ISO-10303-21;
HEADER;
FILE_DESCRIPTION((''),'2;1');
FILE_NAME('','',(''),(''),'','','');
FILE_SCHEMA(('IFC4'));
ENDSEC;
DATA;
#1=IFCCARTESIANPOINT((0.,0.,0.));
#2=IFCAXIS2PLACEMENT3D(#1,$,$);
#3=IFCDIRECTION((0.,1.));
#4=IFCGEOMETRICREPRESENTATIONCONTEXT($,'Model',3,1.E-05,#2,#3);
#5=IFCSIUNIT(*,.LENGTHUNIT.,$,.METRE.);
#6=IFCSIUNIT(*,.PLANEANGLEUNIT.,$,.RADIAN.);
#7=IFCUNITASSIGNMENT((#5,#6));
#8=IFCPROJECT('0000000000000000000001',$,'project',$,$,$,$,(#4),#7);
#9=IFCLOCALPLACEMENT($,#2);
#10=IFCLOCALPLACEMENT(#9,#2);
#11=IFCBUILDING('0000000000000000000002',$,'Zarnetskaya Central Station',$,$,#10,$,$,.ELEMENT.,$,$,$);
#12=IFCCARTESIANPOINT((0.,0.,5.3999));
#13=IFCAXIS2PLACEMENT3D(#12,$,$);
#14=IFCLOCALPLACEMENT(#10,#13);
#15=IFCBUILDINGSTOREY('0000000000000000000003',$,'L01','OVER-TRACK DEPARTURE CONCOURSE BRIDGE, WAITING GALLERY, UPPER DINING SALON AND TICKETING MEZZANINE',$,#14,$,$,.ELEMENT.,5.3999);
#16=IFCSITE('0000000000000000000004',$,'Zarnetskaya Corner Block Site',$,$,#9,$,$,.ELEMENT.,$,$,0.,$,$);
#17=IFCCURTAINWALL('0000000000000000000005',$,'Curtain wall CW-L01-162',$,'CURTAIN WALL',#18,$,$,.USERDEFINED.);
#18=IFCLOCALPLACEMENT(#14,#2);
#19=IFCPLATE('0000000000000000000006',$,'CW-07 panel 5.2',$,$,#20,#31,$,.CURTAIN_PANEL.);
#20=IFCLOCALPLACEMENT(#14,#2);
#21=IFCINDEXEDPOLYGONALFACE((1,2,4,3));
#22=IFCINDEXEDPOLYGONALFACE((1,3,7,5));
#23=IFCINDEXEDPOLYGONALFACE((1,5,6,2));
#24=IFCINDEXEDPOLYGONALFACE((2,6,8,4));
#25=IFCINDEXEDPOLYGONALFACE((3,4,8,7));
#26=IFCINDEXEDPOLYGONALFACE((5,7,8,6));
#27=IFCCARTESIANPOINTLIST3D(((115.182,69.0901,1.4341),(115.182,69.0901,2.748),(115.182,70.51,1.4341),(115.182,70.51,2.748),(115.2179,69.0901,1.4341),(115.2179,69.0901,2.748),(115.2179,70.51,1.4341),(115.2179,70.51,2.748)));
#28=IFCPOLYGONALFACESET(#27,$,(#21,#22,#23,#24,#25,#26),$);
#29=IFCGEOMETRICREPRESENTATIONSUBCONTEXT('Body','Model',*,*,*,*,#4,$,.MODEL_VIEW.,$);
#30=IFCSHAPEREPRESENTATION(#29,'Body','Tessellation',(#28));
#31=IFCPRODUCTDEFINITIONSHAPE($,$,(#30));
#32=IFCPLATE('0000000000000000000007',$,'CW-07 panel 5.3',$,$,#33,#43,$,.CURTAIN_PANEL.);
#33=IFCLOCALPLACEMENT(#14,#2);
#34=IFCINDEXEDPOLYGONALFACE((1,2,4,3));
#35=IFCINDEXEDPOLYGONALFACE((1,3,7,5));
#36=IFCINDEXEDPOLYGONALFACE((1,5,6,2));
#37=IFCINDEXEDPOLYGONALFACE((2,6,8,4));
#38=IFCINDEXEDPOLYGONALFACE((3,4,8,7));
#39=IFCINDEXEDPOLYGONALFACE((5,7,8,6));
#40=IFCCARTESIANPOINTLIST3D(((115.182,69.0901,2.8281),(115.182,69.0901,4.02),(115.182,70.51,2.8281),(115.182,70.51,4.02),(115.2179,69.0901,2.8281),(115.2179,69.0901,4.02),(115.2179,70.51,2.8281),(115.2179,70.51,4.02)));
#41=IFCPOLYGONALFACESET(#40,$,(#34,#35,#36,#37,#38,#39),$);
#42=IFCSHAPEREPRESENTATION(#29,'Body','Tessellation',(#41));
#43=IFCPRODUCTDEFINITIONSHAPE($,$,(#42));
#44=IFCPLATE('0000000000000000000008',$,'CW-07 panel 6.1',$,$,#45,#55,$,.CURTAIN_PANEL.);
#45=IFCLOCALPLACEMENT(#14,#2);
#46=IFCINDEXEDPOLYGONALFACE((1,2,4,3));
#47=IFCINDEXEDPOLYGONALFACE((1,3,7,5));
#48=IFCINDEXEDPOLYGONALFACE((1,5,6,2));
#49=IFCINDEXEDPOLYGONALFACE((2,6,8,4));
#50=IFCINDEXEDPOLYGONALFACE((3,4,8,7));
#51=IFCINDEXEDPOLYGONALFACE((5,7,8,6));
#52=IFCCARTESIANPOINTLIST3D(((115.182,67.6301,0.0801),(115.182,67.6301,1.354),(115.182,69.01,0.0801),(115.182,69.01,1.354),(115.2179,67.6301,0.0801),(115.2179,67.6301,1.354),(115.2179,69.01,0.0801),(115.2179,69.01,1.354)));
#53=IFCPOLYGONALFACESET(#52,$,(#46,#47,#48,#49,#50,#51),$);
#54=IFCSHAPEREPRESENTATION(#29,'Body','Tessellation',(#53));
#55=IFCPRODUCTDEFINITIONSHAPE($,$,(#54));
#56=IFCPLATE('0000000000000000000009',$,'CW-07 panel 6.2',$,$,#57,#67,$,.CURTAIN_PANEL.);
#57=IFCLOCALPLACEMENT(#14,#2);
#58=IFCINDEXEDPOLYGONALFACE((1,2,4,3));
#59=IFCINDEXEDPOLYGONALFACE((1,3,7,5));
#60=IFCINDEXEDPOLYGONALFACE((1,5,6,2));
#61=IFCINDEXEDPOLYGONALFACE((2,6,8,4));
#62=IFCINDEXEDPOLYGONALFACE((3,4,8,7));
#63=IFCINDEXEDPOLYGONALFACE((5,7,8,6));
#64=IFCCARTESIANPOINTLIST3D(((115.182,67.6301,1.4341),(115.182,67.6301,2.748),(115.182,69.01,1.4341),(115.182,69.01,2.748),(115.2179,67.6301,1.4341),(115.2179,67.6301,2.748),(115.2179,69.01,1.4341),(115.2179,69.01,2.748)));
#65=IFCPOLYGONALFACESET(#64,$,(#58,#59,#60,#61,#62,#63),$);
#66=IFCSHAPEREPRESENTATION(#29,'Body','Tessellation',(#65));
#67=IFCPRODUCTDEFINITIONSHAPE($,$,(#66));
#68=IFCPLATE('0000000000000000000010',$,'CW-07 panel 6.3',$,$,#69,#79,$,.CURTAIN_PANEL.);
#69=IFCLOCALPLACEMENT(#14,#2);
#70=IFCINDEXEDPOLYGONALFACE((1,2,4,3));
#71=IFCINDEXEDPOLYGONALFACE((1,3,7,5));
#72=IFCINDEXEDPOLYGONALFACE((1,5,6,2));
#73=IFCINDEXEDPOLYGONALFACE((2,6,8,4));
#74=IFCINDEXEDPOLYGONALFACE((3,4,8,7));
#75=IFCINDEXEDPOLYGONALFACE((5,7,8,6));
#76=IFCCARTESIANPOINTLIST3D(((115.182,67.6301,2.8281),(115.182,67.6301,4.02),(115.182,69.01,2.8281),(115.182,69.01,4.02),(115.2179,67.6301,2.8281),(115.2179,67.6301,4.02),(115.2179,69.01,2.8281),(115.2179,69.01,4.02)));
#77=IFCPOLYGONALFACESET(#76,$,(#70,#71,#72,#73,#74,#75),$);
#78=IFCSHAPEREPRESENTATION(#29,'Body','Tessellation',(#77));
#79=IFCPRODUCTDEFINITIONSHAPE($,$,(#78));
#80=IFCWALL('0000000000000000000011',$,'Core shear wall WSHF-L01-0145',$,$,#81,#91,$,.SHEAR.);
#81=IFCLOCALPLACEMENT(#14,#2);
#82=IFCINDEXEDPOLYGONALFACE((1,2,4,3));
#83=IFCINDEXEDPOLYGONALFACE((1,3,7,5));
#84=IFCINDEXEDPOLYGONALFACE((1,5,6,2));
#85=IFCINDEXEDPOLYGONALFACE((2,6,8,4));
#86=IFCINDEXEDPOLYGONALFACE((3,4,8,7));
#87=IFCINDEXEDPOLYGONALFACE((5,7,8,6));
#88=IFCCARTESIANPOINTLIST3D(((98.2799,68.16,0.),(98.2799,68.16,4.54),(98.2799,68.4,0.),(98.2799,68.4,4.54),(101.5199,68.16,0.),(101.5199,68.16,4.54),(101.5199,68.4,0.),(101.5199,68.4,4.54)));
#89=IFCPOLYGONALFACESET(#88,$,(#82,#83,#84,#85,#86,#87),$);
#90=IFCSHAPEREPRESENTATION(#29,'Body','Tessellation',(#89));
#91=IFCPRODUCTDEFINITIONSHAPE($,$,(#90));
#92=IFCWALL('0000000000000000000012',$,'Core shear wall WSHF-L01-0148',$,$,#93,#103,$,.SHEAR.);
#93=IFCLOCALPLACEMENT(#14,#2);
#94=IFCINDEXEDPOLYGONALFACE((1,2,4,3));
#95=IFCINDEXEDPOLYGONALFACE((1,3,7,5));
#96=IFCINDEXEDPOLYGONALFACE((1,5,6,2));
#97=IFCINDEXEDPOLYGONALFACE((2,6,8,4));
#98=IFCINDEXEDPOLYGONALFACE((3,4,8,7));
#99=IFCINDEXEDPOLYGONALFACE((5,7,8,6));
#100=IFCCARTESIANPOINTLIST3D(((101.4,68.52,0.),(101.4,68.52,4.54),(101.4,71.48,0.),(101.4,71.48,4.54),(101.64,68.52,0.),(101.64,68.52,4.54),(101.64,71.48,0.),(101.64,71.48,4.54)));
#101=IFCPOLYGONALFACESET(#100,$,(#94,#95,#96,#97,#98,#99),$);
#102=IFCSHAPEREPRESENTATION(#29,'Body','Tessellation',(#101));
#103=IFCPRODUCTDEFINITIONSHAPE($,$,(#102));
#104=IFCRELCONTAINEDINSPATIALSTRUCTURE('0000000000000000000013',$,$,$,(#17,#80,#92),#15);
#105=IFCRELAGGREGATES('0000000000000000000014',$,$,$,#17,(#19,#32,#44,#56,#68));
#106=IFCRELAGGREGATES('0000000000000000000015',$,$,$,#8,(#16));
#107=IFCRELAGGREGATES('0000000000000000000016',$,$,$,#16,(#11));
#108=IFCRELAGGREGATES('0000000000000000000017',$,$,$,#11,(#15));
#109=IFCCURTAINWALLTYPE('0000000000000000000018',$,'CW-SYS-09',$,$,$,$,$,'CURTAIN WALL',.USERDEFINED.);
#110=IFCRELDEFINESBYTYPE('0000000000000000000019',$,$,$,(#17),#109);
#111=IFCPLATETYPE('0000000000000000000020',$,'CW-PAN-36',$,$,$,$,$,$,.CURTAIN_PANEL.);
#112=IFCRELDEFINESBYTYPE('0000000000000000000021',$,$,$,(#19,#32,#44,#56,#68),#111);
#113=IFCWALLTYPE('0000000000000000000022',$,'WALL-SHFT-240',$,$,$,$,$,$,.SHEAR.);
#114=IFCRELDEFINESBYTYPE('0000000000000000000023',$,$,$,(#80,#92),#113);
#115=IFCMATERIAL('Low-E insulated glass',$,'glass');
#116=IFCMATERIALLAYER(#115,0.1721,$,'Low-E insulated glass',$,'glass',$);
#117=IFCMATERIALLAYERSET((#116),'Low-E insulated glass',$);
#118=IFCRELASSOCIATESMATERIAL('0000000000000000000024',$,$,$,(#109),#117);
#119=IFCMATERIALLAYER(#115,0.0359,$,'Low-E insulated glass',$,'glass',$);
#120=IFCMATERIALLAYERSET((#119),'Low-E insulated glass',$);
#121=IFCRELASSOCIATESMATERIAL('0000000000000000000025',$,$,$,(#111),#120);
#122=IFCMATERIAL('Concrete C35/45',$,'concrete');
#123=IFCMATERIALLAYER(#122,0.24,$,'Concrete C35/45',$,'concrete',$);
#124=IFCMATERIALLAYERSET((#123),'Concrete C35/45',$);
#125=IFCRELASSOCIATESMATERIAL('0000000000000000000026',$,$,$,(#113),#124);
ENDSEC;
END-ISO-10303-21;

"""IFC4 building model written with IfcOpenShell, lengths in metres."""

from ifc_helpers import new_model, si_unit, direction, frame, frame_2d, origin, origin_2d, place, context, subcontext, project, spatial, rectangle, extrude, material, layer, layer_set, type_object, element, aggregate, save


model = new_model("IFC4")

# Units and contexts
model_context = context("Model", 3, precision=1e-05, world=origin(), true_north=direction((0.0, 1.0)))
body_context = subcontext(model_context, "Body", "Model", "MODEL_VIEW")
ifc_project = project(units=[si_unit("LENGTHUNIT", "METRE"), si_unit("PLANEANGLEUNIT", "RADIAN")], contexts=[model_context])

# Site, building, storey
site_placement = place(None, origin())
site = spatial("IfcSite", under=ifc_project, at=site_placement, Name="Zarnetskaya Corner Block Site", CompositionType="ELEMENT", RefElevation=0.0)
building_placement = place(site_placement, origin())
building = spatial("IfcBuilding", under=site, at=building_placement, Name="Zarnetskaya Central Station", CompositionType="ELEMENT")
storey_placement = place(building_placement, frame((0.0, 0.0, 5.3999)))
storey = spatial("IfcBuildingStorey", under=building, at=storey_placement, Name="L01", Description="OVER-TRACK DEPARTURE CONCOURSE BRIDGE, WAITING GALLERY, UPPER DINING SALON AND TICKETING MEZZANINE", CompositionType="ELEMENT", Elevation=5.3999)

# Curtain wall
ifc_material_1 = material(Name="Low-E insulated glass", Category="glass")
ifc_layer_1 = layer(ifc_material_1, 0.1721, Name="Low-E insulated glass", Category="glass")
ifc_layer_set_1 = layer_set([ifc_layer_1], Name="Low-E insulated glass")
curtain_wall_type = type_object("IfcCurtainWallType", Name="CW-SYS-09", ElementType="CURTAIN WALL", PredefinedType="USERDEFINED", material=ifc_layer_set_1)
curtain_wall_placement = place(storey_placement, origin())
curtain_wall = element("IfcCurtainWall", 1, at=curtain_wall_placement, inside=storey, type_object=curtain_wall_type, Name="Curtain wall CW-L01-162", ObjectType="CURTAIN WALL", PredefinedType="USERDEFINED")

# Plates
ifc_layer_2 = layer(ifc_material_1, 0.0359, Name="Low-E insulated glass", Category="glass")
ifc_layer_set_2 = layer_set([ifc_layer_2], Name="Low-E insulated glass")
plate_type = type_object("IfcPlateType", Name="CW-PAN-36", PredefinedType="CURTAIN_PANEL", material=ifc_layer_set_2)
plate_1_placement = place(storey_placement, frame((115.2, 69.8, 1.4341), z_axis=(0.0, 0.0, 1.0), x_axis=(0.0, -1.0, 0.0)))
plate_1 = element("IfcPlate", 2, at=plate_1_placement, type_object=plate_type, Name="CW-07 panel 5.2", PredefinedType="CURTAIN_PANEL", context=body_context, shape_type="SweptSolid", body=[
    extrude(rectangle(XDim=1.4199, YDim=0.0359, at=origin_2d()), origin(), (0.0, 0.0, 1.0), 1.314),
])
plate_2_placement = place(storey_placement, frame((115.2, 69.8, 2.8281), z_axis=(0.0, 0.0, 1.0), x_axis=(0.0, -1.0, 0.0)))
plate_2 = element("IfcPlate", 3, at=plate_2_placement, type_object=plate_type, Name="CW-07 panel 5.3", PredefinedType="CURTAIN_PANEL", context=body_context, shape_type="SweptSolid", body=[
    extrude(rectangle(XDim=1.4199, YDim=0.0359, at=origin_2d()), origin(), (0.0, 0.0, 1.0), 1.1919),
])
plate_3_placement = place(storey_placement, frame((115.2, 68.3201, 0.0801), z_axis=(0.0, 0.0, 1.0), x_axis=(0.0, -1.0, 0.0)))
plate_3 = element("IfcPlate", 4, at=plate_3_placement, type_object=plate_type, Name="CW-07 panel 6.1", PredefinedType="CURTAIN_PANEL", context=body_context, shape_type="SweptSolid", body=[
    extrude(rectangle(XDim=1.3799, YDim=0.0359, at=origin_2d()), origin(), (0.0, 0.0, 1.0), 1.2739),
])
plate_4_placement = place(storey_placement, frame((115.2, 68.3201, 1.4341), z_axis=(0.0, 0.0, 1.0), x_axis=(0.0, -1.0, 0.0)))
plate_4 = element("IfcPlate", 5, at=plate_4_placement, type_object=plate_type, Name="CW-07 panel 6.2", PredefinedType="CURTAIN_PANEL", context=body_context, shape_type="SweptSolid", body=[
    extrude(rectangle(XDim=1.3799, YDim=0.0359, at=origin_2d()), origin(), (0.0, 0.0, 1.0), 1.314),
])
plate_5_placement = place(storey_placement, frame((115.2, 68.3201, 2.8281), z_axis=(0.0, 0.0, 1.0), x_axis=(0.0, -1.0, 0.0)))
plate_5 = element("IfcPlate", 6, at=plate_5_placement, type_object=plate_type, Name="CW-07 panel 6.3", PredefinedType="CURTAIN_PANEL", context=body_context, shape_type="SweptSolid", body=[
    extrude(rectangle(XDim=1.3799, YDim=0.0359, at=origin_2d()), origin(), (0.0, 0.0, 1.0), 1.1919),
])
aggregate(curtain_wall, [plate_1, plate_2, plate_3, plate_4, plate_5])

# Walls
ifc_material_2 = material(Name="Concrete C35/45", Category="concrete")
ifc_layer_3 = layer(ifc_material_2, 0.24, Name="Concrete C35/45", Category="concrete")
ifc_layer_set_3 = layer_set([ifc_layer_3], Name="Concrete C35/45")
wall_type = type_object("IfcWallType", Name="WALL-SHFT-240", PredefinedType="SHEAR", material=ifc_layer_set_3)
wall_1_placement = place(storey_placement, frame((101.52, 68.28, 0.0), z_axis=(0.0, 0.0, 1.0), x_axis=(-1.0, 0.0, 0.0)))
element("IfcWall", 7, at=wall_1_placement, inside=storey, type_object=wall_type, Name="Core shear wall WSHF-L01-0145", PredefinedType="SHEAR", context=body_context, shape_type="SweptSolid", body=[
    extrude(rectangle(XDim=3.24, YDim=0.24, at=frame_2d((1.6201, 0.0))), origin(), (0.0, 0.0, 1.0), 4.54),
])
wall_2_placement = place(storey_placement, frame((101.52, 71.48, 0.0), z_axis=(0.0, 0.0, 1.0), x_axis=(0.0, -1.0, 0.0)))
element("IfcWall", 8, at=wall_2_placement, inside=storey, type_object=wall_type, Name="Core shear wall WSHF-L01-0148", PredefinedType="SHEAR", context=body_context, shape_type="SweptSolid", body=[
    extrude(rectangle(XDim=2.96, YDim=0.24, at=frame_2d((1.48, 0.0))), origin(), (0.0, 0.0, 1.0), 4.54),
])

save(model, "model.ifc")
